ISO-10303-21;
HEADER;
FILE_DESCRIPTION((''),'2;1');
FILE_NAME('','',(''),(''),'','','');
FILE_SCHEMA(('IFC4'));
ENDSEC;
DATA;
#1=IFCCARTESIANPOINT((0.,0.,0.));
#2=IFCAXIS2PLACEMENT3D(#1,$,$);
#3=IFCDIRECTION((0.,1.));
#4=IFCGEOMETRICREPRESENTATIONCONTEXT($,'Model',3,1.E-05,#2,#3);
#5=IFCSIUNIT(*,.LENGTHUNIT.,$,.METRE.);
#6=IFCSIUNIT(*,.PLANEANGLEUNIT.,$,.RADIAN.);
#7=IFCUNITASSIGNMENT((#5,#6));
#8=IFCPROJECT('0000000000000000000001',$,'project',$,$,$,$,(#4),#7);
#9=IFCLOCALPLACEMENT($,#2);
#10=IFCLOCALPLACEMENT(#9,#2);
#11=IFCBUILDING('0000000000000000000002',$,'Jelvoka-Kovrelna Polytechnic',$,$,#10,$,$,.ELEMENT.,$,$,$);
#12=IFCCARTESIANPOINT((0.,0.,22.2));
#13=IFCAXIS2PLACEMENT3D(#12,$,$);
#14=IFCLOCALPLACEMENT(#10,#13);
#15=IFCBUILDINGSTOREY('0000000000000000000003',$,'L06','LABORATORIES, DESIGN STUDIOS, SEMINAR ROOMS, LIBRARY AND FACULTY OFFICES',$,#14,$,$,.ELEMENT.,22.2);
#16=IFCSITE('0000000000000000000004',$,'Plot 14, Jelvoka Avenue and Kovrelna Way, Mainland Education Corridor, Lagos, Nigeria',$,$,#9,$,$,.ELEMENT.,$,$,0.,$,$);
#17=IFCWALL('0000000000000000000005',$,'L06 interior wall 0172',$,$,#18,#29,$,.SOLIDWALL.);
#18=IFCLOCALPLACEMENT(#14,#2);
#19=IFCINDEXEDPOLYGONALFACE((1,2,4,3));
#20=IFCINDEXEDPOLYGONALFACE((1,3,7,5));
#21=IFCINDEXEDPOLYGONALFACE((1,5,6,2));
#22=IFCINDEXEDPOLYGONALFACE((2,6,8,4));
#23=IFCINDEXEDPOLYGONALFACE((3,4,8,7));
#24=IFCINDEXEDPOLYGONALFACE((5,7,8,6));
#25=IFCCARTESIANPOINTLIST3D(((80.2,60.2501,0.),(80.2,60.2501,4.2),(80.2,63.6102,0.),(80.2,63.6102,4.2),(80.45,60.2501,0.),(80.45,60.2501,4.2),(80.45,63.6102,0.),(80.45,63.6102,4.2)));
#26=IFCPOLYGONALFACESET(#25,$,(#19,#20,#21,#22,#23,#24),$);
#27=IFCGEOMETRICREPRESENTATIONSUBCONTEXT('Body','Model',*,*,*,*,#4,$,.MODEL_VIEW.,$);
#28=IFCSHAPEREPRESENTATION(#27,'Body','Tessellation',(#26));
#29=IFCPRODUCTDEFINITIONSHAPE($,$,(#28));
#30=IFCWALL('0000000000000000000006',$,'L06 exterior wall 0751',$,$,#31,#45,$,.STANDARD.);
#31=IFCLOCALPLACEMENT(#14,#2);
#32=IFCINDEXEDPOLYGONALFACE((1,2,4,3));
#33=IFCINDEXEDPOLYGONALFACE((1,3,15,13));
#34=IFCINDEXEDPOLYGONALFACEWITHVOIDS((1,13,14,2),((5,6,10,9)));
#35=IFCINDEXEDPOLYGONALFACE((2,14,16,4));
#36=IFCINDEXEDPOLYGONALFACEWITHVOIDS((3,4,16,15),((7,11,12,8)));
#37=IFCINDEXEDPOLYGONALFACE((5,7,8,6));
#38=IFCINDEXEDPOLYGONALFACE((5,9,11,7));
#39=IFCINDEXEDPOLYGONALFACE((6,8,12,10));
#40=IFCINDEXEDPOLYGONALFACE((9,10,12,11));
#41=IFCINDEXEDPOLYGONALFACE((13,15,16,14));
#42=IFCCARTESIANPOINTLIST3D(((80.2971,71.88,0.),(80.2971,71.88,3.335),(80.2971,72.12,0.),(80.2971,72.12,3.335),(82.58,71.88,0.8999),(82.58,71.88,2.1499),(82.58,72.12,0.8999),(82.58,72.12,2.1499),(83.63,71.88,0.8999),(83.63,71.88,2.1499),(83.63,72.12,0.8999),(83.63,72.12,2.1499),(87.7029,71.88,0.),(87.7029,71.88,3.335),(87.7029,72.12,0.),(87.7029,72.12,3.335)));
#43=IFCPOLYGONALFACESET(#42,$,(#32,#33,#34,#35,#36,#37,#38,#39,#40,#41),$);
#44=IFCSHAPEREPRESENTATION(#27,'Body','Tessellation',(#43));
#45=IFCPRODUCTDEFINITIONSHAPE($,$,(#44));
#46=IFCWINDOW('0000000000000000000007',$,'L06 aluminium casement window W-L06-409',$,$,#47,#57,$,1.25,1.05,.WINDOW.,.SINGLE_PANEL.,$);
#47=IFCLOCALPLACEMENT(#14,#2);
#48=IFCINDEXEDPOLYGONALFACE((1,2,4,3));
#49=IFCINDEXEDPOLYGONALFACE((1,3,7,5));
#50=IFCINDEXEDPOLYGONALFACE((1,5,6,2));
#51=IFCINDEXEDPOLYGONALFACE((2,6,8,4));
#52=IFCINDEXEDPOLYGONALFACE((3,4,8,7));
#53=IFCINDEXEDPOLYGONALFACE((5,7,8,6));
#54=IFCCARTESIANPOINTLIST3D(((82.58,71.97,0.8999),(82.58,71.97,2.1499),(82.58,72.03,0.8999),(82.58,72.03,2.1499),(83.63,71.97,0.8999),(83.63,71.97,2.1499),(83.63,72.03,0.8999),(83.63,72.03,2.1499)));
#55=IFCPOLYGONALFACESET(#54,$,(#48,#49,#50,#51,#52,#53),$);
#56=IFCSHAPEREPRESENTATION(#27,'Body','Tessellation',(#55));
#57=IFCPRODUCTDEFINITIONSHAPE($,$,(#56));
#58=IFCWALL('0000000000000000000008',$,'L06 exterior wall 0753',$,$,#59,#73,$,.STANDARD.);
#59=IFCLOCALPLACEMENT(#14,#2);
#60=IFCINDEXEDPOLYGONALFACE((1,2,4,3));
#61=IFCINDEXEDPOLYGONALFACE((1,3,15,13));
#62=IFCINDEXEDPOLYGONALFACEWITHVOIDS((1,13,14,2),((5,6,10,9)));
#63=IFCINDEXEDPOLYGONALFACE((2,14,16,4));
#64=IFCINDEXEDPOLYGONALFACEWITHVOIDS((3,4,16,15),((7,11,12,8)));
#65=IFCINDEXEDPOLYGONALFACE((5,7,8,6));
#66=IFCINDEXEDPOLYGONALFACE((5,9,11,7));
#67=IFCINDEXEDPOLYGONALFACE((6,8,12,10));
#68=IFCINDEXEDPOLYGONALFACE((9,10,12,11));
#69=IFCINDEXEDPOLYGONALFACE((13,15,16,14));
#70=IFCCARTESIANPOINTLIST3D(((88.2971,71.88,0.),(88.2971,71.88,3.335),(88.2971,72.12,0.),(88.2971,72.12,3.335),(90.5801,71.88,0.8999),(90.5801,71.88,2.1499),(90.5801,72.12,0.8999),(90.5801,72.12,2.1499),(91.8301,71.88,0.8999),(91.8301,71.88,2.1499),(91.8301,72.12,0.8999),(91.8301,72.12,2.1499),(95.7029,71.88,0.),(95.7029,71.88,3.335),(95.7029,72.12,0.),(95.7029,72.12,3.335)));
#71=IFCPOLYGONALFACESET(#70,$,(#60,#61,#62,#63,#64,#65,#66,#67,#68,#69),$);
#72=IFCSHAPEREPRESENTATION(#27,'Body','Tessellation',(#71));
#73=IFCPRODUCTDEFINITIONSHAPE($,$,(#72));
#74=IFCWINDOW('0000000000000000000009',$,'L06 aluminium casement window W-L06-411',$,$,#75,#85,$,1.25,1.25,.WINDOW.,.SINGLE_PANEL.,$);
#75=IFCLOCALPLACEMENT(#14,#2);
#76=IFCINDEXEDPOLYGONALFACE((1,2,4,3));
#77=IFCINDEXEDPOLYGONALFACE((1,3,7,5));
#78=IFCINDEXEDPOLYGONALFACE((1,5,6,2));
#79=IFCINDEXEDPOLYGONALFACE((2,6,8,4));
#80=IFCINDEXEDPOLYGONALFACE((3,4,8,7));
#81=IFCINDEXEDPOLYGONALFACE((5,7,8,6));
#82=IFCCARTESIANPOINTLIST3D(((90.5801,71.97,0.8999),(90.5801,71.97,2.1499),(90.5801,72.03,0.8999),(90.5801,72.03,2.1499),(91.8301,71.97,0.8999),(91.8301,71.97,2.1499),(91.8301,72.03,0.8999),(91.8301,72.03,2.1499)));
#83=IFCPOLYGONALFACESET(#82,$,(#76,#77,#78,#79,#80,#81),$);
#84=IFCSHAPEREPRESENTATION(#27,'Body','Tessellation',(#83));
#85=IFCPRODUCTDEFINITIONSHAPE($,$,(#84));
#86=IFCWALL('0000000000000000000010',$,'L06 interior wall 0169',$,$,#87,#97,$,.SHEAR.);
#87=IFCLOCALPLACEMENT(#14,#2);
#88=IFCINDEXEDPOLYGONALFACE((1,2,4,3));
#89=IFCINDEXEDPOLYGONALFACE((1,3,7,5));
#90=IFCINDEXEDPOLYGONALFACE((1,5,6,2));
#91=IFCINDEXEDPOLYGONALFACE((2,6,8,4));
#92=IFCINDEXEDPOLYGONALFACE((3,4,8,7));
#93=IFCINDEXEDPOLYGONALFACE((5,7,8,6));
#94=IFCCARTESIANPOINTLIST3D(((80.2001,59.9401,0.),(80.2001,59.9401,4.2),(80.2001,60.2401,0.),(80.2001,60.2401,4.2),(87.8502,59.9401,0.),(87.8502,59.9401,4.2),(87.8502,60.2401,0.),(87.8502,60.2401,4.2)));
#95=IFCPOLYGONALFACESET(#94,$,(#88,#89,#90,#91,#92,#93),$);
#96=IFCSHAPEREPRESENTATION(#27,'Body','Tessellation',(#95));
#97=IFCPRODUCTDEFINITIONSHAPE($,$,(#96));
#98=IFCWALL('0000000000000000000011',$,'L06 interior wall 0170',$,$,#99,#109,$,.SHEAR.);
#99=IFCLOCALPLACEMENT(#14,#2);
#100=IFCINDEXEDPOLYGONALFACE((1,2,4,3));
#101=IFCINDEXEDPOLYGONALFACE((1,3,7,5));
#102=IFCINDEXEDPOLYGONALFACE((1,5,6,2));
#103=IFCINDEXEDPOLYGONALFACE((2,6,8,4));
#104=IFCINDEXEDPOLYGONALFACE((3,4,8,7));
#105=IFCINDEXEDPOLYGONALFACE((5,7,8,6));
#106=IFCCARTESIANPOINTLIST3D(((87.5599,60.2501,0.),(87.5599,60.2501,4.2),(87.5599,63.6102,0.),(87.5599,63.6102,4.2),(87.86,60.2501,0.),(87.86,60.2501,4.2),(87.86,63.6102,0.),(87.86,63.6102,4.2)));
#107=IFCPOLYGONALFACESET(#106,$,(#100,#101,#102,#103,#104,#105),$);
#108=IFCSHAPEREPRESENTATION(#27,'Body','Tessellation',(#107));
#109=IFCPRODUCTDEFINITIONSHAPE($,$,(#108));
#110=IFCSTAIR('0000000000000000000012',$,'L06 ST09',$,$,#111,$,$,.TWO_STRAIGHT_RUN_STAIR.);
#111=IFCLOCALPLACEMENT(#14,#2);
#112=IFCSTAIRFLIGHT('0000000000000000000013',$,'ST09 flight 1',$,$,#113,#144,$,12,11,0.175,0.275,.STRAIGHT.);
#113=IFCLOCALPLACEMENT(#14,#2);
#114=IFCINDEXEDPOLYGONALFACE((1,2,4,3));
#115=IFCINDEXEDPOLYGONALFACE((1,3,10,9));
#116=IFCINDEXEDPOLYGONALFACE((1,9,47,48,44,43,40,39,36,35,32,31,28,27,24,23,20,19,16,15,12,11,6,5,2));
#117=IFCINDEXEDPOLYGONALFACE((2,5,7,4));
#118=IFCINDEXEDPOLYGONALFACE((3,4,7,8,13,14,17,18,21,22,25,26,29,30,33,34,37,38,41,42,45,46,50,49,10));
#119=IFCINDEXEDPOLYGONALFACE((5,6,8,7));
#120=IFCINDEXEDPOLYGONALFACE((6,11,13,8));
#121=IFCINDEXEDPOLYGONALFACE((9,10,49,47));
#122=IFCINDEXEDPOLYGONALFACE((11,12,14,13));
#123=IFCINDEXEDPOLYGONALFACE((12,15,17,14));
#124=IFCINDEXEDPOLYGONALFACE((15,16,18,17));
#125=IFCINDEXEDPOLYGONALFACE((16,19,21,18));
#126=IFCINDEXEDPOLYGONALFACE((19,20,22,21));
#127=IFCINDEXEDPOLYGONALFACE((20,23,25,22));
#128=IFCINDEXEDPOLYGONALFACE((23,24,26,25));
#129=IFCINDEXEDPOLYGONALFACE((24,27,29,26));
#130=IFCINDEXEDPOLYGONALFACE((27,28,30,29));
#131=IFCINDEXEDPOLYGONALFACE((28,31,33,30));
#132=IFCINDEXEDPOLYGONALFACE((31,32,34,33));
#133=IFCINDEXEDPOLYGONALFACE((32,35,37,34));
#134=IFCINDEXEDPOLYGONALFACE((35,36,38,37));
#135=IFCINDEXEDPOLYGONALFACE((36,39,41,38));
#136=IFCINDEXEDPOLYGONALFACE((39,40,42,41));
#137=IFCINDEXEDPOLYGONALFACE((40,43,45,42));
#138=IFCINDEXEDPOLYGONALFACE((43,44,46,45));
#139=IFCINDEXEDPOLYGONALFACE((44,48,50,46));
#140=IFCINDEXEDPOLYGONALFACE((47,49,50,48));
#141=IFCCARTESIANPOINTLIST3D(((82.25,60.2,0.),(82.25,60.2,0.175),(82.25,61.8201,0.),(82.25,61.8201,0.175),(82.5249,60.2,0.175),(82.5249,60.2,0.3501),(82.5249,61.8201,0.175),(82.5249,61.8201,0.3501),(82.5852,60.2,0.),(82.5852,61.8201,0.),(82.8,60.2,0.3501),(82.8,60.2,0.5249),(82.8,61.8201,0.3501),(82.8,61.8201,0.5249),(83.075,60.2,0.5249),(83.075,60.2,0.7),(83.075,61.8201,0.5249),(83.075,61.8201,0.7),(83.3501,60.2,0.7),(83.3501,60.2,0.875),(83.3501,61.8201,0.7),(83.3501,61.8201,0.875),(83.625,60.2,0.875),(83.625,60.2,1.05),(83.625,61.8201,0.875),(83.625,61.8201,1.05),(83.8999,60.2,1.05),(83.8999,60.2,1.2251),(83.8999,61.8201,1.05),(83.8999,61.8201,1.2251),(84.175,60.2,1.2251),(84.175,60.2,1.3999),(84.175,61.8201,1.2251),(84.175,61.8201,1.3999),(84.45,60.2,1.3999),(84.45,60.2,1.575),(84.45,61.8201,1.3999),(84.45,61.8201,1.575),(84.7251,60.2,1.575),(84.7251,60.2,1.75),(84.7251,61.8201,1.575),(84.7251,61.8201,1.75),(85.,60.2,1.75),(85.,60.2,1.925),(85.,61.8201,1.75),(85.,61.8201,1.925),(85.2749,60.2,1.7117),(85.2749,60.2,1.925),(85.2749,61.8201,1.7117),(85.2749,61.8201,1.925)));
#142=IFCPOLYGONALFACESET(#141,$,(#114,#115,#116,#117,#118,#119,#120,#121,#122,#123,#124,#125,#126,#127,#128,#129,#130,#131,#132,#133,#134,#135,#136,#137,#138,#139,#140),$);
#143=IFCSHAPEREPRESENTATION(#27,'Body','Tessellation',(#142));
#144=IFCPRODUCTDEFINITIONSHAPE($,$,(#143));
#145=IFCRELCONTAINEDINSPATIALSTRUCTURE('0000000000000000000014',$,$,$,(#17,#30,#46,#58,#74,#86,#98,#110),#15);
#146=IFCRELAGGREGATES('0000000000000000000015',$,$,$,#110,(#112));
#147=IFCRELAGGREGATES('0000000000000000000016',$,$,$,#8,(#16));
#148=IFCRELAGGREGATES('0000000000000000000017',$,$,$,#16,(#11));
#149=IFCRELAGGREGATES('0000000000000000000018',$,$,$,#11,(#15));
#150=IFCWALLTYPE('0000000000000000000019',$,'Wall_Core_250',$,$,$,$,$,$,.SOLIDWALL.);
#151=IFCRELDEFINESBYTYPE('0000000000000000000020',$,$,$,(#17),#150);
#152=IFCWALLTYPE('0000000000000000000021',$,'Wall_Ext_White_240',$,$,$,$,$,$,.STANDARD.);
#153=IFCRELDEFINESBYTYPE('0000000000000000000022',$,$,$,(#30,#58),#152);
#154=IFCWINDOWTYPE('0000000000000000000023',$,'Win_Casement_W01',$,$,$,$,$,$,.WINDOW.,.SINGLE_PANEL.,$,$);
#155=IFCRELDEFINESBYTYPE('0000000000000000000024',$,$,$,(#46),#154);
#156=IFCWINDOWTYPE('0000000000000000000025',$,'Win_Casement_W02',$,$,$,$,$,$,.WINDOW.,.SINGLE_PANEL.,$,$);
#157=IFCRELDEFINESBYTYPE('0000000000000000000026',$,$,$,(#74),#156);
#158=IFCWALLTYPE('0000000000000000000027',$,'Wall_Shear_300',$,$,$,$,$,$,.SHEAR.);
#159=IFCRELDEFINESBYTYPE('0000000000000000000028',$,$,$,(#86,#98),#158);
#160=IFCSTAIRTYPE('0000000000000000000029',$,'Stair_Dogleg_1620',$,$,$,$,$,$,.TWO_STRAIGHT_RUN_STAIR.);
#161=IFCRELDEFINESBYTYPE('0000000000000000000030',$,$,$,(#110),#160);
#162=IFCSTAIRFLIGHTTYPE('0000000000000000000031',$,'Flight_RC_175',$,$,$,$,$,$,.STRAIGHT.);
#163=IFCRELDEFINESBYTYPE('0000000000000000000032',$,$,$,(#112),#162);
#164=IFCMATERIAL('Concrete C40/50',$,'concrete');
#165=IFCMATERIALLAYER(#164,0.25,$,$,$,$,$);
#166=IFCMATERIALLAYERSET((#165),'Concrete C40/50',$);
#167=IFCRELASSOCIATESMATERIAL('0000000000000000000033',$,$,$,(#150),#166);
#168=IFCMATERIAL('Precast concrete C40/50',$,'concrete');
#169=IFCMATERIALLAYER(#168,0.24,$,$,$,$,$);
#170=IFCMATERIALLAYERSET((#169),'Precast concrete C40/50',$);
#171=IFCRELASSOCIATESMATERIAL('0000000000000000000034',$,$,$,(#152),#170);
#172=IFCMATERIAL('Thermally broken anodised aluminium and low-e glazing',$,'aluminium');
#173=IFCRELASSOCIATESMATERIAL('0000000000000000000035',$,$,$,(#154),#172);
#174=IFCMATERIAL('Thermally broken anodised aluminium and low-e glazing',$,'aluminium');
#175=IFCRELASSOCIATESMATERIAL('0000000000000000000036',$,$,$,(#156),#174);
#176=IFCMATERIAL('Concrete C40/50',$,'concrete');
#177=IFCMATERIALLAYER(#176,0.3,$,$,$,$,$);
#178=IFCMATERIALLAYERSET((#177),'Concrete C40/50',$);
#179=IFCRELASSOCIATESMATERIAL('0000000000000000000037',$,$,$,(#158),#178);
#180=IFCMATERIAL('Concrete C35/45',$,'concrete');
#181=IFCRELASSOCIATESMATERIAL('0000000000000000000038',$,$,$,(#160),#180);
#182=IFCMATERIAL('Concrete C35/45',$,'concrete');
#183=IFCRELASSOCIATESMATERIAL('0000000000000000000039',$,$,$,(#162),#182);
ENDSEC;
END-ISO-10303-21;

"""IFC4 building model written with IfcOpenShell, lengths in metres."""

from ifc_helpers import new_model, si_unit, direction, frame, frame_2d, origin, place, context, subcontext, project, spatial, polyline, rectangle, outline, extrude, material, layer, layer_set, type_object, element, fill, aggregate, save


model = new_model("IFC4")

# Units and contexts
model_context = context("Model", 3, precision=1e-05, world=origin(), true_north=direction((0.0, 1.0)))
body_context = subcontext(model_context, "Body", "Model", "MODEL_VIEW")
ifc_project = project(units=[si_unit("LENGTHUNIT", "METRE"), si_unit("PLANEANGLEUNIT", "RADIAN")], contexts=[model_context])

# Site, building, storey
site_placement = place(None, origin())
site = spatial("IfcSite", under=ifc_project, at=site_placement, Name="Plot 14, Jelvoka Avenue and Kovrelna Way, Mainland Education Corridor, Lagos, Nigeria", CompositionType="ELEMENT", RefElevation=0.0)
building_placement = place(site_placement, origin())
building = spatial("IfcBuilding", under=site, at=building_placement, Name="Jelvoka-Kovrelna Polytechnic", CompositionType="ELEMENT")
storey_placement = place(building_placement, frame((0.0, 0.0, 22.2)))
storey = spatial("IfcBuildingStorey", under=building, at=storey_placement, Name="L06", Description="LABORATORIES, DESIGN STUDIOS, SEMINAR ROOMS, LIBRARY AND FACULTY OFFICES", CompositionType="ELEMENT", Elevation=22.2)

# Shared definitions
ifc_material_1 = material(Name="Concrete C40/50", Category="concrete")
ifc_layer_1 = layer(ifc_material_1, 0.25)
ifc_layer_set_1 = layer_set([ifc_layer_1], Name="Concrete C40/50")
wall_type_1 = type_object("IfcWallType", Name="Wall_Core_250", PredefinedType="SOLIDWALL", material=ifc_layer_set_1)

# Wall
wall_1_placement = place(storey_placement, frame((80.325, 60.25, 0.0), z_axis=(0.0, 0.0, 1.0), x_axis=(0.0, 1.0, 0.0)))
element("IfcWall", 1, at=wall_1_placement, inside=storey, type_object=wall_type_1, Name="L06 interior wall 0172", PredefinedType="SOLIDWALL", context=body_context, shape_type="SweptSolid", body=[
    extrude(rectangle(XDim=3.3601, YDim=0.25, at=frame_2d((1.6802, 0.0))), origin(), (0.0, 0.0, 1.0), 4.2),
])

# Walls, openings, windows
ifc_material_2 = material(Name="Precast concrete C40/50", Category="concrete")
ifc_layer_2 = layer(ifc_material_2, 0.24)
ifc_layer_set_2 = layer_set([ifc_layer_2], Name="Precast concrete C40/50")
wall_type_2 = type_object("IfcWallType", Name="Wall_Ext_White_240", PredefinedType="STANDARD", material=ifc_layer_set_2)
wall_2_placement = place(storey_placement, frame((80.2971, 72.0, 0.0), z_axis=(0.0, 0.0, 1.0), x_axis=(1.0, 0.0, 0.0)))
wall_2 = element("IfcWall", 2, at=wall_2_placement, inside=storey, type_object=wall_type_2, Name="L06 exterior wall 0751", PredefinedType="STANDARD", context=body_context, shape_type="SweptSolid", body=[
    extrude(rectangle(XDim=7.4058, YDim=0.24, at=frame_2d((3.7029, 0.0))), origin(), (0.0, 0.0, 1.0), 3.335),
])
opening_1_placement = place(wall_2_placement, frame((2.283, 0.0, 0.8999)))
opening_1 = element("IfcOpeningElement", 3, at=opening_1_placement, cuts=wall_2, PredefinedType="OPENING", context=body_context, shape_type="SweptSolid", body=[
    extrude(rectangle(XDim=1.05, YDim=1.25, at=frame_2d((0.5249, 0.625))), frame((0.0, 0.1301, 0.0), z_axis=(0.0, -1.0, 0.0), x_axis=(1.0, 0.0, 0.0)), (0.0, 0.0, 1.0), 0.26),
])
ifc_material_3 = material(Name="Thermally broken anodised aluminium and low-e glazing", Category="aluminium")
window_type_1 = type_object("IfcWindowType", Name="Win_Casement_W01", PartitioningType="SINGLE_PANEL", PredefinedType="WINDOW", material=ifc_material_3)
window_1_placement = place(opening_1_placement, origin())
window_1 = element("IfcWindow", 4, at=window_1_placement, inside=storey, type_object=window_type_1, Name="L06 aluminium casement window W-L06-409", OverallHeight=1.25, OverallWidth=1.05, PartitioningType="SINGLE_PANEL", PredefinedType="WINDOW", context=body_context, shape_type="SweptSolid", body=[
    extrude(rectangle(XDim=1.05, YDim=1.25, at=frame_2d((0.5249, 0.625))), frame((0.0, 0.03, 0.0), z_axis=(0.0, -1.0, 0.0), x_axis=(1.0, 0.0, 0.0)), (0.0, 0.0, 1.0), 0.0601),
])
fill(opening_1, window_1)
wall_3_placement = place(storey_placement, frame((88.2971, 72.0, 0.0), z_axis=(0.0, 0.0, 1.0), x_axis=(1.0, 0.0, 0.0)))
wall_3 = element("IfcWall", 5, at=wall_3_placement, inside=storey, type_object=wall_type_2, Name="L06 exterior wall 0753", PredefinedType="STANDARD", context=body_context, shape_type="SweptSolid", body=[
    extrude(rectangle(XDim=7.4058, YDim=0.24, at=frame_2d((3.7029, 0.0))), origin(), (0.0, 0.0, 1.0), 3.335),
])
opening_2_placement = place(wall_3_placement, frame((2.283, 0.0, 0.8999)))
opening_2 = element("IfcOpeningElement", 6, at=opening_2_placement, cuts=wall_3, PredefinedType="OPENING", context=body_context, shape_type="SweptSolid", body=[
    extrude(rectangle(XDim=1.25, YDim=1.25, at=frame_2d((0.625, 0.625))), frame((0.0, 0.1301, 0.0), z_axis=(0.0, -1.0, 0.0), x_axis=(1.0, 0.0, 0.0)), (0.0, 0.0, 1.0), 0.26),
])
ifc_material_4 = material(Name="Thermally broken anodised aluminium and low-e glazing", Category="aluminium")
window_type_2 = type_object("IfcWindowType", Name="Win_Casement_W02", PartitioningType="SINGLE_PANEL", PredefinedType="WINDOW", material=ifc_material_4)
window_2_placement = place(opening_2_placement, origin())
window_2 = element("IfcWindow", 7, at=window_2_placement, inside=storey, type_object=window_type_2, Name="L06 aluminium casement window W-L06-411", OverallHeight=1.25, OverallWidth=1.25, PartitioningType="SINGLE_PANEL", PredefinedType="WINDOW", context=body_context, shape_type="SweptSolid", body=[
    extrude(rectangle(XDim=1.25, YDim=1.25, at=frame_2d((0.625, 0.625))), frame((0.0, 0.03, 0.0), z_axis=(0.0, -1.0, 0.0), x_axis=(1.0, 0.0, 0.0)), (0.0, 0.0, 1.0), 0.0601),
])
fill(opening_2, window_2)

# Walls
ifc_material_5 = material(Name="Concrete C40/50", Category="concrete")
ifc_layer_3 = layer(ifc_material_5, 0.3)
ifc_layer_set_3 = layer_set([ifc_layer_3], Name="Concrete C40/50")
wall_type_3 = type_object("IfcWallType", Name="Wall_Shear_300", PredefinedType="SHEAR", material=ifc_layer_set_3)
wall_4_placement = place(storey_placement, frame((80.2, 60.0901, 0.0), z_axis=(0.0, 0.0, 1.0), x_axis=(1.0, 0.0, 0.0)))
element("IfcWall", 8, at=wall_4_placement, inside=storey, type_object=wall_type_3, Name="L06 interior wall 0169", PredefinedType="SHEAR", context=body_context, shape_type="SweptSolid", body=[
    extrude(rectangle(XDim=7.6501, YDim=0.3, at=frame_2d((3.8252, 0.0))), origin(), (0.0, 0.0, 1.0), 4.2),
])
wall_5_placement = place(storey_placement, frame((87.71, 60.25, 0.0), z_axis=(0.0, 0.0, 1.0), x_axis=(0.0, 1.0, 0.0)))
element("IfcWall", 9, at=wall_5_placement, inside=storey, type_object=wall_type_3, Name="L06 interior wall 0170", PredefinedType="SHEAR", context=body_context, shape_type="SweptSolid", body=[
    extrude(rectangle(XDim=3.3601, YDim=0.3, at=frame_2d((1.6802, 0.0))), origin(), (0.0, 0.0, 1.0), 4.2),
])

# Stair, stair flight
ifc_material_6 = material(Name="Concrete C35/45", Category="concrete")
stair_type = type_object("IfcStairType", Name="Stair_Dogleg_1620", PredefinedType="TWO_STRAIGHT_RUN_STAIR", material=ifc_material_6)
stair_placement = place(storey_placement, origin())
stair = element("IfcStair", 10, at=stair_placement, inside=storey, type_object=stair_type, Name="L06 ST09", PredefinedType="TWO_STRAIGHT_RUN_STAIR")
ifc_material_7 = material(Name="Concrete C35/45", Category="concrete")
stair_flight_type = type_object("IfcStairFlightType", Name="Flight_RC_175", PredefinedType="STRAIGHT", material=ifc_material_7)
stair_flight_1_placement = place(storey_placement, frame((82.25, 61.01, 0.0), z_axis=(0.0, 0.0, 1.0), x_axis=(1.0, 0.0, 0.0)))
stair_flight_1 = element("IfcStairFlight", 11, at=stair_flight_1_placement, type_object=stair_flight_type, Name="ST09 flight 1", NumberOfRisers=12, NumberOfTreads=11, PredefinedType="STRAIGHT", RiserHeight=0.175, TreadLength=0.275, context=body_context, shape_type="SweptSolid", body=[
    extrude(outline(polyline([(0.0, 0.0), (0.0, 0.175), (0.2749, 0.175), (0.2749, 0.3501), (0.55, 0.3501), (0.55, 0.5249), (0.825, 0.5249), (0.825, 0.7), (1.1001, 0.7), (1.1001, 0.875), (1.375, 0.875), (1.375, 1.05), (1.6499, 1.05), (1.6499, 1.2251), (1.925, 1.2251), (1.925, 1.3999), (2.2, 1.3999), (2.2, 1.575), (2.4751, 1.575), (2.4751, 1.75), (2.75, 1.75), (2.75, 1.925), (3.0249, 1.925), (3.0249, 2.1001), (3.0249, 1.7117), (0.3352, 0.0), (0.0, 0.0)])), frame((0.0, 0.8101, 0.0), z_axis=(0.0, -1.0, 0.0), x_axis=(1.0, 0.0, 0.0)), (0.0, 0.0, 1.0), 1.6201),
])
aggregate(stair, [stair_flight_1])

save(model, "model.ifc")
